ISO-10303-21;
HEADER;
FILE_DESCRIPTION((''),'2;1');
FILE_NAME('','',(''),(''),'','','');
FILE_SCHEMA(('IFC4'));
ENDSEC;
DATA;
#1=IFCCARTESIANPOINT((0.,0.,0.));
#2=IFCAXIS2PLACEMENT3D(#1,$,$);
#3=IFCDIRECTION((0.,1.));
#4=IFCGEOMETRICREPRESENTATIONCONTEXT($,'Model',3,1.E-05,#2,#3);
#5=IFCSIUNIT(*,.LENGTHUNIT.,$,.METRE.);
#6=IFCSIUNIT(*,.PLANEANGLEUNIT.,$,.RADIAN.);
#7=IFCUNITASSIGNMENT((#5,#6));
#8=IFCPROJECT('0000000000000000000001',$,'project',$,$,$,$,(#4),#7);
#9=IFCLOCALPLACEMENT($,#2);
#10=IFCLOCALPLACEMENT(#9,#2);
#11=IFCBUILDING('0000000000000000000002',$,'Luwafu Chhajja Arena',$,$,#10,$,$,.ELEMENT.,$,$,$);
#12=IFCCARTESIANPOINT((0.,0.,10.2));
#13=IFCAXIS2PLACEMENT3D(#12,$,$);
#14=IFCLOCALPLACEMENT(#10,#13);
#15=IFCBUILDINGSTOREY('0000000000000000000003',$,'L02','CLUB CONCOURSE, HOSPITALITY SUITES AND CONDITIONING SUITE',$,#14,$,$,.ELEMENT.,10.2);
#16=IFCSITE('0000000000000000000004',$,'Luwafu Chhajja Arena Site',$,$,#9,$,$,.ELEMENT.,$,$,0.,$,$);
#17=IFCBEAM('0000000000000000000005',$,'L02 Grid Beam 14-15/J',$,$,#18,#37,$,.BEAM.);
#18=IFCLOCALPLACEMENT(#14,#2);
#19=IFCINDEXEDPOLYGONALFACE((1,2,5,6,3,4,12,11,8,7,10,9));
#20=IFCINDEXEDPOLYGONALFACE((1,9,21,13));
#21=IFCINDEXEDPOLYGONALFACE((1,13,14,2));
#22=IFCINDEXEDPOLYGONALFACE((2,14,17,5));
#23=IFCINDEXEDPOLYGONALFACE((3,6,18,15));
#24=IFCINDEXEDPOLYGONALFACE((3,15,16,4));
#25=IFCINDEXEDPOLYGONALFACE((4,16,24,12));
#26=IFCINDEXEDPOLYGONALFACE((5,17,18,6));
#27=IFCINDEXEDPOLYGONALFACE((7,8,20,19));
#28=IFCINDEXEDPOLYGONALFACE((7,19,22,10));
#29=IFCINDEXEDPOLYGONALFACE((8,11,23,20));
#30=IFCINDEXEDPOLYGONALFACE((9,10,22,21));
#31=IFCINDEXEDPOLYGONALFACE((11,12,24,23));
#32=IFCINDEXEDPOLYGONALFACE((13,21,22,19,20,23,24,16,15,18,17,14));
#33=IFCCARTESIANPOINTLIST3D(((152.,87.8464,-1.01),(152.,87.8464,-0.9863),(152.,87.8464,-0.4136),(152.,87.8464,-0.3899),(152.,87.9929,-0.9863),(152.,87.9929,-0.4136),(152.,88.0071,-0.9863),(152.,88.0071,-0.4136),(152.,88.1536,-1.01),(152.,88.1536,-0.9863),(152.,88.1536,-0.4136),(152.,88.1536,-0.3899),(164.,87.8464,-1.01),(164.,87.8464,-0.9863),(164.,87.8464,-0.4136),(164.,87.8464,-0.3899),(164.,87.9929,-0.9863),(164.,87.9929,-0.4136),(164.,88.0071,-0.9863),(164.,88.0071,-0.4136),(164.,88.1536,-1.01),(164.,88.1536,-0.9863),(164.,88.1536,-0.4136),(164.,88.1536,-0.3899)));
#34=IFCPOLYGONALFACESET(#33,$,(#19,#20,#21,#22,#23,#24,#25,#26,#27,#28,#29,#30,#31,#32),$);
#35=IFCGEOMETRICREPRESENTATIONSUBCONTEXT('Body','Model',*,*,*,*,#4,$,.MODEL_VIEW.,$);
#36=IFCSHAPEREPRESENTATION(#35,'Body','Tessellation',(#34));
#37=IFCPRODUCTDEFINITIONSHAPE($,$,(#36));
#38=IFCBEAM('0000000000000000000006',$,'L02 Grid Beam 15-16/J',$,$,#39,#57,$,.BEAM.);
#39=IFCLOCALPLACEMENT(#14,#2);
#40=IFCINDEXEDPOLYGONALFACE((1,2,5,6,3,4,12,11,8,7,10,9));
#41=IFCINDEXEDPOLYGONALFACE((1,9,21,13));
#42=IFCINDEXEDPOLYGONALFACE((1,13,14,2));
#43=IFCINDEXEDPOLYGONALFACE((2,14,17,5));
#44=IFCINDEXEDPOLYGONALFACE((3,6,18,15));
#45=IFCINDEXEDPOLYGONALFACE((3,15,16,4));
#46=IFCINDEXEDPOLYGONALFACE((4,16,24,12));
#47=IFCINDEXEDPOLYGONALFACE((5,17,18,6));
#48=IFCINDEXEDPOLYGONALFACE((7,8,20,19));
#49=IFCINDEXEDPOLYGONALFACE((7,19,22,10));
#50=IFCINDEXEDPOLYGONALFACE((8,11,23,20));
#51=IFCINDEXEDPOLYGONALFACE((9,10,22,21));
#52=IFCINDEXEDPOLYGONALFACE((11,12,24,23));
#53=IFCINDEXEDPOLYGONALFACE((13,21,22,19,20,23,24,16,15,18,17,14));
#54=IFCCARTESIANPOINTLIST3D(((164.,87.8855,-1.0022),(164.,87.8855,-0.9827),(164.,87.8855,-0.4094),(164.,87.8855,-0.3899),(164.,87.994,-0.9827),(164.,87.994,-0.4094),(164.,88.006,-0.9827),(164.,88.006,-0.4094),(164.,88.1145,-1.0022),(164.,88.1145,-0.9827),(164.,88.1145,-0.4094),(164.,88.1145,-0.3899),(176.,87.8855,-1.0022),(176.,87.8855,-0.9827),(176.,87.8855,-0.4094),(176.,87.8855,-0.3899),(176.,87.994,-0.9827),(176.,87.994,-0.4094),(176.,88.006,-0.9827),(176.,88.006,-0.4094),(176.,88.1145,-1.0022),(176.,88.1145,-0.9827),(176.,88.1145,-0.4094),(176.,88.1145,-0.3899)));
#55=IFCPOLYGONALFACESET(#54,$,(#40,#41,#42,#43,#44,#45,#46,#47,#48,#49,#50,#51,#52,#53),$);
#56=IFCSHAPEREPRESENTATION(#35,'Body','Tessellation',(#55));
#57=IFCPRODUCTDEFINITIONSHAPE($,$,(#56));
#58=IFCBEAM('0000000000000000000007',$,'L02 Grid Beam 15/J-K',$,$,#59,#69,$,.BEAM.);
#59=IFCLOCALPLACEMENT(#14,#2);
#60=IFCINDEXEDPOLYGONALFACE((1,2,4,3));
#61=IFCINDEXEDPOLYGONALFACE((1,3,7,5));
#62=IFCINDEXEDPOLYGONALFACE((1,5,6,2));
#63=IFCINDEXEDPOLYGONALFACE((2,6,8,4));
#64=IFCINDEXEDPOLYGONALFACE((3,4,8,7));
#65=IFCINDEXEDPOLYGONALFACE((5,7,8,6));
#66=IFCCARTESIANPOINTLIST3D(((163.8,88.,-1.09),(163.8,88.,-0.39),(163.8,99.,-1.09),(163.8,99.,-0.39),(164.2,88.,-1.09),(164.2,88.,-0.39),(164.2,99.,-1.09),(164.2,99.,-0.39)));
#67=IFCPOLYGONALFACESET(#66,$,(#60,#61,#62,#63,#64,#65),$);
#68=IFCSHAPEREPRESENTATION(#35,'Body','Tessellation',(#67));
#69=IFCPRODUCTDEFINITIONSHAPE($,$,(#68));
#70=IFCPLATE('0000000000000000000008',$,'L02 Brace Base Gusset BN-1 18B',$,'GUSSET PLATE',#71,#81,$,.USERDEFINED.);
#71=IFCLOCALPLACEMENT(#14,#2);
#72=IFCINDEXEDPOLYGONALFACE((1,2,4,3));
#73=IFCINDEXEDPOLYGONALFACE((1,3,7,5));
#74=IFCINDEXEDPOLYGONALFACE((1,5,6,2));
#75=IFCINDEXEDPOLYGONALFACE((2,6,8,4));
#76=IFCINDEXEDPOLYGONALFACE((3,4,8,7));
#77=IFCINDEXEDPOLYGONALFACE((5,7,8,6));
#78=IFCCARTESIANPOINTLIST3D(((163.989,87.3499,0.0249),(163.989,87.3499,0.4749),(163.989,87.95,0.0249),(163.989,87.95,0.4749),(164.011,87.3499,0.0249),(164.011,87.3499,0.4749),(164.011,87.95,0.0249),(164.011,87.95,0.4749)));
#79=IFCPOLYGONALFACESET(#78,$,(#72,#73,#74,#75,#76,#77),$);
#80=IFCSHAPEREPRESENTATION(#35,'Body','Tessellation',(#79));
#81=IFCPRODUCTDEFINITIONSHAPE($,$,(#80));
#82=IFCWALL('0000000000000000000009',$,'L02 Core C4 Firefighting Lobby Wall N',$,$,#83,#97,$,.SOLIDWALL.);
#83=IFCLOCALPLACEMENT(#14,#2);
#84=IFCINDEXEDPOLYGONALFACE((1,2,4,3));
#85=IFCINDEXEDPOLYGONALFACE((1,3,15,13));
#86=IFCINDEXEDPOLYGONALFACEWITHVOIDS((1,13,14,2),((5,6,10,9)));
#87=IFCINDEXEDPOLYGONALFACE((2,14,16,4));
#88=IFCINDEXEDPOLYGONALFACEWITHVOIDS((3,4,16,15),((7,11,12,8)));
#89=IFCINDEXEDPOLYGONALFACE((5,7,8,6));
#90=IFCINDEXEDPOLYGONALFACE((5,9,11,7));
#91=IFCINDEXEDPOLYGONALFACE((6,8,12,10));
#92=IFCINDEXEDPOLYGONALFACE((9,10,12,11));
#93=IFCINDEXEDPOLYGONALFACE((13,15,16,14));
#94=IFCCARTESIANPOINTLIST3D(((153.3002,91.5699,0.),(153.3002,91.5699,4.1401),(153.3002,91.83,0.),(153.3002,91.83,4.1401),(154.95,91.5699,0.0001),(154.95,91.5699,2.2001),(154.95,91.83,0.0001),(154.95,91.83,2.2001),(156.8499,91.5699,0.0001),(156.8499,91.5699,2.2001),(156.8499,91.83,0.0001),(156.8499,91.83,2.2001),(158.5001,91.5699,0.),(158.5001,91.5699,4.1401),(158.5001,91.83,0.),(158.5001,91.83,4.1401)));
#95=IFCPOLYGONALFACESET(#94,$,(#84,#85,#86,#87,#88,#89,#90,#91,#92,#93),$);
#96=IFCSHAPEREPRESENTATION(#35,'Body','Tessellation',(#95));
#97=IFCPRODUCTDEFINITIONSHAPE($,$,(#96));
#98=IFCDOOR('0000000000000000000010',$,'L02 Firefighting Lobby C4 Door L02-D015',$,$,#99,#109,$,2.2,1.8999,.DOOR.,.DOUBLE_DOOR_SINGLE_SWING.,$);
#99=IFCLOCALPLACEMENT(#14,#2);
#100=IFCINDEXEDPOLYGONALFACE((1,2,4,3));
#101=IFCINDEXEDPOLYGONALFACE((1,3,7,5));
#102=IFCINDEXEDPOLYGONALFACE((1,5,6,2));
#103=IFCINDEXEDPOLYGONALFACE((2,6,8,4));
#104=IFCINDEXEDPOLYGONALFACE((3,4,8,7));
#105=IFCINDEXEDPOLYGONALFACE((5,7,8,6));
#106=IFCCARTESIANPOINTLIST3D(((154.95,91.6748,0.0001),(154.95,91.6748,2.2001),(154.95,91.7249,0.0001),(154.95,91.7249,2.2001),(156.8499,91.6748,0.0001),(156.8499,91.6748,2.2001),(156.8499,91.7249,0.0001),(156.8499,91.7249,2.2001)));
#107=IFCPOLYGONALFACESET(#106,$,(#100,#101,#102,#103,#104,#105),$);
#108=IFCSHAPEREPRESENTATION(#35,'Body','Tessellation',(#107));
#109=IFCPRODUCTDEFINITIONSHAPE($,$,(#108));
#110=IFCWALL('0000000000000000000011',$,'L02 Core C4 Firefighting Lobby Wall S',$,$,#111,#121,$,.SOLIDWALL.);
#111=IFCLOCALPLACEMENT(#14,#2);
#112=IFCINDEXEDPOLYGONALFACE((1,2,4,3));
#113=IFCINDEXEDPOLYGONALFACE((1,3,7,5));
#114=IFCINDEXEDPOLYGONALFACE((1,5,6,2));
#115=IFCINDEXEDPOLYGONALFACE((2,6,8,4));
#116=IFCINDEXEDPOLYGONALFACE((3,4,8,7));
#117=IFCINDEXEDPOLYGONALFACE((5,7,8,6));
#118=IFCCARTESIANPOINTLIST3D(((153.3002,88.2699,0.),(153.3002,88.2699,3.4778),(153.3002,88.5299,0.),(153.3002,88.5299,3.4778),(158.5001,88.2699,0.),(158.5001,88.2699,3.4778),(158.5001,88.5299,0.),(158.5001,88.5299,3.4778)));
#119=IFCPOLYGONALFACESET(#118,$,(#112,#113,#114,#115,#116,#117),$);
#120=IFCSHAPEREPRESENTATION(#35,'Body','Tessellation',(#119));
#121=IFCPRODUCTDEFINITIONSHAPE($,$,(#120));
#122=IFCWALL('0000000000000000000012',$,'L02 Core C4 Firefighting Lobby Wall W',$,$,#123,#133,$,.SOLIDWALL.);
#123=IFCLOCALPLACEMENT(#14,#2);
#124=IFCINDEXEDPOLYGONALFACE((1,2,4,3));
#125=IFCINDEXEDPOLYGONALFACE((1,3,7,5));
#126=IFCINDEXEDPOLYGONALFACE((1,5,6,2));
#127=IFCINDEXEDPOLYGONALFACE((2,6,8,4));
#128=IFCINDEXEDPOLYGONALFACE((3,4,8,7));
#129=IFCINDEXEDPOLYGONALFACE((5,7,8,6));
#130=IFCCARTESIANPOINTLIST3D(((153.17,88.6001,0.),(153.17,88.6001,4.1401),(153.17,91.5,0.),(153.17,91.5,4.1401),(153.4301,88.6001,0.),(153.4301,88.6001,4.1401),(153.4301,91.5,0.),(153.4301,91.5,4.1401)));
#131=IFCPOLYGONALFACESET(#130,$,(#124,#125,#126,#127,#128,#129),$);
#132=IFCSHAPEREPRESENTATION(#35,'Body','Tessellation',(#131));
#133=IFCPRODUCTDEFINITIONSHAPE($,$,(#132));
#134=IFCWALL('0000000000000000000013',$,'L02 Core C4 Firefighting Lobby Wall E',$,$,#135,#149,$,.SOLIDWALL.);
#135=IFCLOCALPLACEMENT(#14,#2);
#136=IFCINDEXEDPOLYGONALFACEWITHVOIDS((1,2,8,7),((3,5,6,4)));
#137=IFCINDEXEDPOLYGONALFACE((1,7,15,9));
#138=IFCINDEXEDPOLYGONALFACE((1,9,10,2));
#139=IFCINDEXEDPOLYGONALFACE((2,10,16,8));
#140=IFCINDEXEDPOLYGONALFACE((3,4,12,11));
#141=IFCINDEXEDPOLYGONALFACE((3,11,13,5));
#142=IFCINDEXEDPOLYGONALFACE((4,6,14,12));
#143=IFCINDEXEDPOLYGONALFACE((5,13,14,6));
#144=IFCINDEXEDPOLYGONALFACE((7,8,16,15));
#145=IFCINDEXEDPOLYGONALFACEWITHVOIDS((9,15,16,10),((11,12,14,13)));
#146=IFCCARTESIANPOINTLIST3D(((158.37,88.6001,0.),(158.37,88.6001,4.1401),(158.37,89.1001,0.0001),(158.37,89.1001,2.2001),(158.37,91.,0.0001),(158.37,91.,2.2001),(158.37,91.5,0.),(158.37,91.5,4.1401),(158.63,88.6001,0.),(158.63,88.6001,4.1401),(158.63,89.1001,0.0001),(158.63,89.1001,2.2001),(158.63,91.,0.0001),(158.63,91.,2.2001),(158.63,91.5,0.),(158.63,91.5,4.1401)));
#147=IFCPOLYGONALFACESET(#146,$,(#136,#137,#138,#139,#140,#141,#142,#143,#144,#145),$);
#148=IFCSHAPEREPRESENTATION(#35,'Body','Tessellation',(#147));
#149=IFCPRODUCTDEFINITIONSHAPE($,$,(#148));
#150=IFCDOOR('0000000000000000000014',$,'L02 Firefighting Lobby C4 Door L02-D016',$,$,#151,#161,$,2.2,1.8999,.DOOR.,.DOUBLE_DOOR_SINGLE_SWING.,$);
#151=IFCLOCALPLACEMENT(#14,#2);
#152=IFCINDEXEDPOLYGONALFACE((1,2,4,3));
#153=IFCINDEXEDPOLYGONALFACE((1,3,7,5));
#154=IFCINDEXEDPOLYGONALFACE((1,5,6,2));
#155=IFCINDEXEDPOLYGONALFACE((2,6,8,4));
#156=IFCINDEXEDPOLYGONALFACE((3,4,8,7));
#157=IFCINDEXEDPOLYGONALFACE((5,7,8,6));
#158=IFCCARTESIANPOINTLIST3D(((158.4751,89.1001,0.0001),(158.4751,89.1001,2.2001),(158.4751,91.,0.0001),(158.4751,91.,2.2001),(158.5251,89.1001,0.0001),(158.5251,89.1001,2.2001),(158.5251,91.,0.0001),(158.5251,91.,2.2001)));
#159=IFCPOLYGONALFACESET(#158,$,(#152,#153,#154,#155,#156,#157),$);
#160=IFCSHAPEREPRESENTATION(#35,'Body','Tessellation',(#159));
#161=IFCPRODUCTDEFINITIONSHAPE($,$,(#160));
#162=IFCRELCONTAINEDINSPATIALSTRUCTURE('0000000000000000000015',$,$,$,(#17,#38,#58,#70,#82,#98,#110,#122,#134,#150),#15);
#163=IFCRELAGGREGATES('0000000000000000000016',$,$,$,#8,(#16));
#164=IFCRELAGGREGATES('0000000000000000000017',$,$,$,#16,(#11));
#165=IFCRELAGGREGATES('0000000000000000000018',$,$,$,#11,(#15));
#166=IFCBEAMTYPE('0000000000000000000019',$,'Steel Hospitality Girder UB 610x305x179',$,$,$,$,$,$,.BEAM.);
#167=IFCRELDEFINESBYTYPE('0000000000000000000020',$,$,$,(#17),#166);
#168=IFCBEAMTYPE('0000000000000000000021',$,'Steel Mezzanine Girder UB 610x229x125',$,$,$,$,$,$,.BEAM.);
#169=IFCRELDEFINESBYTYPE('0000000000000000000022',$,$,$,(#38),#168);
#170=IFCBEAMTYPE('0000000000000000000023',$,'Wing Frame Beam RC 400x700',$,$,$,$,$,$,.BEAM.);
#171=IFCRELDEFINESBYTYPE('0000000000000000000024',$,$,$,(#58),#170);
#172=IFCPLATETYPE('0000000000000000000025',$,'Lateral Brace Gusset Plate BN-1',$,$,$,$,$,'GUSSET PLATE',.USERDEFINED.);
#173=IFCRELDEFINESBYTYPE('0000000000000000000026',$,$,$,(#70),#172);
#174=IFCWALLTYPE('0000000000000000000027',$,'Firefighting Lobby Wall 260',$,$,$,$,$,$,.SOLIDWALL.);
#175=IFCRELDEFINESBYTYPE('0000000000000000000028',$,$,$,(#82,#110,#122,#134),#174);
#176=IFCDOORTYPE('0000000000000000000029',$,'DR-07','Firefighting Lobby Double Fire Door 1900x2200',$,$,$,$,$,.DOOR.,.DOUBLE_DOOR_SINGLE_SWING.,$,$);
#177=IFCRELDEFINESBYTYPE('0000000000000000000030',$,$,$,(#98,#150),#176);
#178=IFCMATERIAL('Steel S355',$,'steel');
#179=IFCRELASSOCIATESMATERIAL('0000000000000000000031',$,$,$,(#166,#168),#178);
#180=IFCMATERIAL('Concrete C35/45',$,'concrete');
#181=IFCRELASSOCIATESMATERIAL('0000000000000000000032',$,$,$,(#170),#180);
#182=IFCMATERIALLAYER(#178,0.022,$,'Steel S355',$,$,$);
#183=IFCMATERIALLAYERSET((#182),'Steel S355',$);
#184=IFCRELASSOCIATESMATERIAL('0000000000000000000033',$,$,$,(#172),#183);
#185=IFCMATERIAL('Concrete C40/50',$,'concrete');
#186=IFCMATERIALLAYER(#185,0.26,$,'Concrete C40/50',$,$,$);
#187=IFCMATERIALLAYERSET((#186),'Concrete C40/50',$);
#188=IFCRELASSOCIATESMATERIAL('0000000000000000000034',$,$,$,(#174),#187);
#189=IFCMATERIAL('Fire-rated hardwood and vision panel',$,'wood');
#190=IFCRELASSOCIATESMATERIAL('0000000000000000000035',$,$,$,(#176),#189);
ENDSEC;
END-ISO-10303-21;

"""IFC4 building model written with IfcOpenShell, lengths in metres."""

from ifc_helpers import new_model, si_unit, direction, frame, frame_2d, origin, origin_2d, place, context, subcontext, project, spatial, rectangle, i_section, extrude, material, layer, layer_set, material_profile, profile_set, type_object, element, fill, save


model = new_model("IFC4")

# Units and contexts
model_context = context("Model", 3, precision=1e-05, world=origin(), true_north=direction((0.0, 1.0)))
body_context = subcontext(model_context, "Body", "Model", "MODEL_VIEW")
ifc_project = project(units=[si_unit("LENGTHUNIT", "METRE"), si_unit("PLANEANGLEUNIT", "RADIAN")], contexts=[model_context])

# Site, building, storey
site_placement = place(None, origin())
site = spatial("IfcSite", under=ifc_project, at=site_placement, Name="Luwafu Chhajja Arena Site", CompositionType="ELEMENT", RefElevation=0.0)
building_placement = place(site_placement, origin())
building = spatial("IfcBuilding", under=site, at=building_placement, Name="Luwafu Chhajja Arena", CompositionType="ELEMENT")
storey_placement = place(building_placement, frame((0.0, 0.0, 10.2)))
storey = spatial("IfcBuildingStorey", under=building, at=storey_placement, Name="L02", Description="CLUB CONCOURSE, HOSPITALITY SUITES AND CONDITIONING SUITE", CompositionType="ELEMENT", Elevation=10.2)

# Shared definitions
ifc_material_1 = material(Name="Concrete C35/45", Category="concrete")

# Shared definitions
ifc_material_2 = material(Name="Steel S355", Category="steel")

# Beams
ifc_material_profile_1 = material_profile(ifc_material_2, i_section(OverallWidth=0.3071, OverallDepth=0.6201, WebThickness=0.0142, FlangeThickness=0.0237, at=origin_2d()), Name="UB 610x305x179")
ifc_profile_set_1 = profile_set([ifc_material_profile_1], Name="Steel S355")
beam_type_1 = type_object("IfcBeamType", Name="Steel Hospitality Girder UB 610x305x179", PredefinedType="BEAM", material=ifc_profile_set_1)
beam_1_placement = place(storey_placement, frame((152.0, 88.0, -0.7), z_axis=(1.0, 0.0, 0.0), x_axis=(0.0, 1.0, 0.0)))
element("IfcBeam", 1, at=beam_1_placement, inside=storey, type_object=beam_type_1, Name="L02 Grid Beam 14-15/J", PredefinedType="BEAM", context=body_context, shape_type="SweptSolid", body=[
    extrude(i_section(OverallWidth=0.3071, OverallDepth=0.6201, WebThickness=0.0142, FlangeThickness=0.0237, at=origin_2d()), origin(), (0.0, 0.0, 1.0), 12.0),
])
ifc_material_profile_2 = material_profile(ifc_material_2, i_section(OverallWidth=0.229, OverallDepth=0.6123, WebThickness=0.012, FlangeThickness=0.0195, at=origin_2d()), Name="UB 610x229x125")
ifc_profile_set_2 = profile_set([ifc_material_profile_2], Name="Steel S355")
beam_type_2 = type_object("IfcBeamType", Name="Steel Mezzanine Girder UB 610x229x125", PredefinedType="BEAM", material=ifc_profile_set_2)
beam_2_placement = place(storey_placement, frame((164.0, 88.0, -0.696), z_axis=(1.0, 0.0, 0.0), x_axis=(0.0, 1.0, 0.0)))
element("IfcBeam", 2, at=beam_2_placement, inside=storey, type_object=beam_type_2, Name="L02 Grid Beam 15-16/J", PredefinedType="BEAM", context=body_context, shape_type="SweptSolid", body=[
    extrude(i_section(OverallWidth=0.229, OverallDepth=0.6123, WebThickness=0.012, FlangeThickness=0.0195, at=origin_2d()), origin(), (0.0, 0.0, 1.0), 12.0),
])
ifc_material_profile_3 = material_profile(ifc_material_1, rectangle(XDim=0.3999, YDim=0.7, at=origin_2d()), Name="RC 400x700")
ifc_profile_set_3 = profile_set([ifc_material_profile_3], Name="Concrete C35/45")
beam_type_3 = type_object("IfcBeamType", Name="Wing Frame Beam RC 400x700", PredefinedType="BEAM", material=ifc_profile_set_3)
beam_3_placement = place(storey_placement, frame((164.0, 88.0, -0.74), z_axis=(0.0, 1.0, 0.0), x_axis=(-1.0, 0.0, 0.0)))
element("IfcBeam", 3, at=beam_3_placement, inside=storey, type_object=beam_type_3, Name="L02 Grid Beam 15/J-K", PredefinedType="BEAM", context=body_context, shape_type="SweptSolid", body=[
    extrude(rectangle(XDim=0.3999, YDim=0.7, at=origin_2d()), origin(), (0.0, 0.0, 1.0), 11.0),
])

# Plate
ifc_layer_1 = layer(ifc_material_2, 0.022, Name="Steel S355")
ifc_layer_set_1 = layer_set([ifc_layer_1], Name="Steel S355")
plate_type = type_object("IfcPlateType", Name="Lateral Brace Gusset Plate BN-1", ElementType="GUSSET PLATE", PredefinedType="USERDEFINED", material=ifc_layer_set_1)
plate_placement = place(storey_placement, frame((164.0, 87.6499, 0.0249), z_axis=(0.0, 0.0, 1.0), x_axis=(1.0, 0.0, 0.0)))
element("IfcPlate", 4, at=plate_placement, inside=storey, type_object=plate_type, Name="L02 Brace Base Gusset BN-1 18B", ObjectType="GUSSET PLATE", PredefinedType="USERDEFINED", context=body_context, shape_type="SweptSolid", body=[
    extrude(rectangle(XDim=0.022, YDim=0.6001, at=origin_2d()), origin(), (0.0, 0.0, 1.0), 0.45),
])

# Wall, opening, door
ifc_material_3 = material(Name="Concrete C40/50", Category="concrete")
ifc_layer_2 = layer(ifc_material_3, 0.26, Name="Concrete C40/50")
ifc_layer_set_2 = layer_set([ifc_layer_2], Name="Concrete C40/50")
wall_type_1 = type_object("IfcWallType", Name="Firefighting Lobby Wall 260", PredefinedType="SOLIDWALL", material=ifc_layer_set_2)
wall_1_placement = place(storey_placement, frame((153.3, 91.7, 0.0), z_axis=(0.0, 0.0, 1.0), x_axis=(1.0, 0.0, 0.0)))
wall_1 = element("IfcWall", 5, at=wall_1_placement, inside=storey, type_object=wall_type_1, Name="L02 Core C4 Firefighting Lobby Wall N", PredefinedType="SOLIDWALL", context=body_context, shape_type="SweptSolid", body=[
    extrude(rectangle(XDim=5.2, YDim=0.26, at=frame_2d((2.6001, 0.0))), origin(), (0.0, 0.0, 1.0), 4.1401),
])
opening_1_placement = place(wall_1_placement, frame((1.6499, 0.0, 0.0)))
opening_1 = element("IfcOpeningElement", 6, at=opening_1_placement, cuts=wall_1, PredefinedType="OPENING", context=body_context, shape_type="SweptSolid", body=[
    extrude(rectangle(XDim=1.8999, YDim=2.2, at=frame_2d((0.95, 1.1001))), frame((0.0, 0.1399, 0.0), z_axis=(0.0, -1.0, 0.0), x_axis=(1.0, 0.0, 0.0)), (0.0, 0.0, 1.0), 0.28),
])
ifc_material_4 = material(Name="Fire-rated hardwood and vision panel", Category="wood")
door_type_1 = type_object("IfcDoorType", Name="DR-07", Description="Firefighting Lobby Double Fire Door 1900x2200", OperationType="DOUBLE_DOOR_SINGLE_SWING", PredefinedType="DOOR", material=ifc_material_4)
door_1_placement = place(opening_1_placement, origin())
door_1 = element("IfcDoor", 7, at=door_1_placement, inside=storey, type_object=door_type_1, Name="L02 Firefighting Lobby C4 Door L02-D015", OperationType="DOUBLE_DOOR_SINGLE_SWING", OverallHeight=2.2, OverallWidth=1.8999, PredefinedType="DOOR", context=body_context, shape_type="SweptSolid", body=[
    extrude(rectangle(XDim=1.8999, YDim=2.2, at=frame_2d((0.95, 1.1001))), frame((0.0, 0.0249, 0.0), z_axis=(0.0, -1.0, 0.0), x_axis=(1.0, 0.0, 0.0)), (0.0, 0.0, 1.0), 0.05),
])
fill(opening_1, door_1)

# Walls
wall_2_placement = place(storey_placement, frame((153.3, 88.3999, 0.0), z_axis=(0.0, 0.0, 1.0), x_axis=(1.0, 0.0, 0.0)))
element("IfcWall", 8, at=wall_2_placement, inside=storey, type_object=wall_type_1, Name="L02 Core C4 Firefighting Lobby Wall S", PredefinedType="SOLIDWALL", context=body_context, shape_type="SweptSolid", body=[
    extrude(rectangle(XDim=5.2, YDim=0.26, at=frame_2d((2.6001, 0.0))), origin(), (0.0, 0.0, 1.0), 3.4778),
])
wall_3_placement = place(storey_placement, frame((153.3, 88.6001, 0.0), z_axis=(0.0, 0.0, 1.0), x_axis=(0.0, 1.0, 0.0)))
element("IfcWall", 9, at=wall_3_placement, inside=storey, type_object=wall_type_1, Name="L02 Core C4 Firefighting Lobby Wall W", PredefinedType="SOLIDWALL", context=body_context, shape_type="SweptSolid", body=[
    extrude(rectangle(XDim=2.8999, YDim=0.26, at=frame_2d((1.45, 0.0))), origin(), (0.0, 0.0, 1.0), 4.1401),
])

# Wall, opening, door
wall_4_placement = place(storey_placement, frame((158.5, 88.6001, 0.0), z_axis=(0.0, 0.0, 1.0), x_axis=(0.0, 1.0, 0.0)))
wall_4 = element("IfcWall", 10, at=wall_4_placement, inside=storey, type_object=wall_type_1, Name="L02 Core C4 Firefighting Lobby Wall E", PredefinedType="SOLIDWALL", context=body_context, shape_type="SweptSolid", body=[
    extrude(rectangle(XDim=2.8999, YDim=0.26, at=frame_2d((1.45, 0.0))), origin(), (0.0, 0.0, 1.0), 4.1401),
])
opening_2_placement = place(wall_4_placement, frame((0.5, 0.0, 0.0)))
opening_2 = element("IfcOpeningElement", 11, at=opening_2_placement, cuts=wall_4, PredefinedType="OPENING", context=body_context, shape_type="SweptSolid", body=[
    extrude(rectangle(XDim=1.8999, YDim=2.2, at=frame_2d((0.95, 1.1001))), frame((0.0, 0.1399, 0.0), z_axis=(0.0, -1.0, 0.0), x_axis=(1.0, 0.0, 0.0)), (0.0, 0.0, 1.0), 0.28),
])
door_2_placement = place(opening_2_placement, origin())
door_2 = element("IfcDoor", 12, at=door_2_placement, inside=storey, type_object=door_type_1, Name="L02 Firefighting Lobby C4 Door L02-D016", OperationType="DOUBLE_DOOR_SINGLE_SWING", OverallHeight=2.2, OverallWidth=1.8999, PredefinedType="DOOR", context=body_context, shape_type="SweptSolid", body=[
    extrude(rectangle(XDim=1.8999, YDim=2.2, at=frame_2d((0.95, 1.1001))), frame((0.0, 0.0249, 0.0), z_axis=(0.0, -1.0, 0.0), x_axis=(1.0, 0.0, 0.0)), (0.0, 0.0, 1.0), 0.05),
])
fill(opening_2, door_2)

save(model, "model.ifc")
